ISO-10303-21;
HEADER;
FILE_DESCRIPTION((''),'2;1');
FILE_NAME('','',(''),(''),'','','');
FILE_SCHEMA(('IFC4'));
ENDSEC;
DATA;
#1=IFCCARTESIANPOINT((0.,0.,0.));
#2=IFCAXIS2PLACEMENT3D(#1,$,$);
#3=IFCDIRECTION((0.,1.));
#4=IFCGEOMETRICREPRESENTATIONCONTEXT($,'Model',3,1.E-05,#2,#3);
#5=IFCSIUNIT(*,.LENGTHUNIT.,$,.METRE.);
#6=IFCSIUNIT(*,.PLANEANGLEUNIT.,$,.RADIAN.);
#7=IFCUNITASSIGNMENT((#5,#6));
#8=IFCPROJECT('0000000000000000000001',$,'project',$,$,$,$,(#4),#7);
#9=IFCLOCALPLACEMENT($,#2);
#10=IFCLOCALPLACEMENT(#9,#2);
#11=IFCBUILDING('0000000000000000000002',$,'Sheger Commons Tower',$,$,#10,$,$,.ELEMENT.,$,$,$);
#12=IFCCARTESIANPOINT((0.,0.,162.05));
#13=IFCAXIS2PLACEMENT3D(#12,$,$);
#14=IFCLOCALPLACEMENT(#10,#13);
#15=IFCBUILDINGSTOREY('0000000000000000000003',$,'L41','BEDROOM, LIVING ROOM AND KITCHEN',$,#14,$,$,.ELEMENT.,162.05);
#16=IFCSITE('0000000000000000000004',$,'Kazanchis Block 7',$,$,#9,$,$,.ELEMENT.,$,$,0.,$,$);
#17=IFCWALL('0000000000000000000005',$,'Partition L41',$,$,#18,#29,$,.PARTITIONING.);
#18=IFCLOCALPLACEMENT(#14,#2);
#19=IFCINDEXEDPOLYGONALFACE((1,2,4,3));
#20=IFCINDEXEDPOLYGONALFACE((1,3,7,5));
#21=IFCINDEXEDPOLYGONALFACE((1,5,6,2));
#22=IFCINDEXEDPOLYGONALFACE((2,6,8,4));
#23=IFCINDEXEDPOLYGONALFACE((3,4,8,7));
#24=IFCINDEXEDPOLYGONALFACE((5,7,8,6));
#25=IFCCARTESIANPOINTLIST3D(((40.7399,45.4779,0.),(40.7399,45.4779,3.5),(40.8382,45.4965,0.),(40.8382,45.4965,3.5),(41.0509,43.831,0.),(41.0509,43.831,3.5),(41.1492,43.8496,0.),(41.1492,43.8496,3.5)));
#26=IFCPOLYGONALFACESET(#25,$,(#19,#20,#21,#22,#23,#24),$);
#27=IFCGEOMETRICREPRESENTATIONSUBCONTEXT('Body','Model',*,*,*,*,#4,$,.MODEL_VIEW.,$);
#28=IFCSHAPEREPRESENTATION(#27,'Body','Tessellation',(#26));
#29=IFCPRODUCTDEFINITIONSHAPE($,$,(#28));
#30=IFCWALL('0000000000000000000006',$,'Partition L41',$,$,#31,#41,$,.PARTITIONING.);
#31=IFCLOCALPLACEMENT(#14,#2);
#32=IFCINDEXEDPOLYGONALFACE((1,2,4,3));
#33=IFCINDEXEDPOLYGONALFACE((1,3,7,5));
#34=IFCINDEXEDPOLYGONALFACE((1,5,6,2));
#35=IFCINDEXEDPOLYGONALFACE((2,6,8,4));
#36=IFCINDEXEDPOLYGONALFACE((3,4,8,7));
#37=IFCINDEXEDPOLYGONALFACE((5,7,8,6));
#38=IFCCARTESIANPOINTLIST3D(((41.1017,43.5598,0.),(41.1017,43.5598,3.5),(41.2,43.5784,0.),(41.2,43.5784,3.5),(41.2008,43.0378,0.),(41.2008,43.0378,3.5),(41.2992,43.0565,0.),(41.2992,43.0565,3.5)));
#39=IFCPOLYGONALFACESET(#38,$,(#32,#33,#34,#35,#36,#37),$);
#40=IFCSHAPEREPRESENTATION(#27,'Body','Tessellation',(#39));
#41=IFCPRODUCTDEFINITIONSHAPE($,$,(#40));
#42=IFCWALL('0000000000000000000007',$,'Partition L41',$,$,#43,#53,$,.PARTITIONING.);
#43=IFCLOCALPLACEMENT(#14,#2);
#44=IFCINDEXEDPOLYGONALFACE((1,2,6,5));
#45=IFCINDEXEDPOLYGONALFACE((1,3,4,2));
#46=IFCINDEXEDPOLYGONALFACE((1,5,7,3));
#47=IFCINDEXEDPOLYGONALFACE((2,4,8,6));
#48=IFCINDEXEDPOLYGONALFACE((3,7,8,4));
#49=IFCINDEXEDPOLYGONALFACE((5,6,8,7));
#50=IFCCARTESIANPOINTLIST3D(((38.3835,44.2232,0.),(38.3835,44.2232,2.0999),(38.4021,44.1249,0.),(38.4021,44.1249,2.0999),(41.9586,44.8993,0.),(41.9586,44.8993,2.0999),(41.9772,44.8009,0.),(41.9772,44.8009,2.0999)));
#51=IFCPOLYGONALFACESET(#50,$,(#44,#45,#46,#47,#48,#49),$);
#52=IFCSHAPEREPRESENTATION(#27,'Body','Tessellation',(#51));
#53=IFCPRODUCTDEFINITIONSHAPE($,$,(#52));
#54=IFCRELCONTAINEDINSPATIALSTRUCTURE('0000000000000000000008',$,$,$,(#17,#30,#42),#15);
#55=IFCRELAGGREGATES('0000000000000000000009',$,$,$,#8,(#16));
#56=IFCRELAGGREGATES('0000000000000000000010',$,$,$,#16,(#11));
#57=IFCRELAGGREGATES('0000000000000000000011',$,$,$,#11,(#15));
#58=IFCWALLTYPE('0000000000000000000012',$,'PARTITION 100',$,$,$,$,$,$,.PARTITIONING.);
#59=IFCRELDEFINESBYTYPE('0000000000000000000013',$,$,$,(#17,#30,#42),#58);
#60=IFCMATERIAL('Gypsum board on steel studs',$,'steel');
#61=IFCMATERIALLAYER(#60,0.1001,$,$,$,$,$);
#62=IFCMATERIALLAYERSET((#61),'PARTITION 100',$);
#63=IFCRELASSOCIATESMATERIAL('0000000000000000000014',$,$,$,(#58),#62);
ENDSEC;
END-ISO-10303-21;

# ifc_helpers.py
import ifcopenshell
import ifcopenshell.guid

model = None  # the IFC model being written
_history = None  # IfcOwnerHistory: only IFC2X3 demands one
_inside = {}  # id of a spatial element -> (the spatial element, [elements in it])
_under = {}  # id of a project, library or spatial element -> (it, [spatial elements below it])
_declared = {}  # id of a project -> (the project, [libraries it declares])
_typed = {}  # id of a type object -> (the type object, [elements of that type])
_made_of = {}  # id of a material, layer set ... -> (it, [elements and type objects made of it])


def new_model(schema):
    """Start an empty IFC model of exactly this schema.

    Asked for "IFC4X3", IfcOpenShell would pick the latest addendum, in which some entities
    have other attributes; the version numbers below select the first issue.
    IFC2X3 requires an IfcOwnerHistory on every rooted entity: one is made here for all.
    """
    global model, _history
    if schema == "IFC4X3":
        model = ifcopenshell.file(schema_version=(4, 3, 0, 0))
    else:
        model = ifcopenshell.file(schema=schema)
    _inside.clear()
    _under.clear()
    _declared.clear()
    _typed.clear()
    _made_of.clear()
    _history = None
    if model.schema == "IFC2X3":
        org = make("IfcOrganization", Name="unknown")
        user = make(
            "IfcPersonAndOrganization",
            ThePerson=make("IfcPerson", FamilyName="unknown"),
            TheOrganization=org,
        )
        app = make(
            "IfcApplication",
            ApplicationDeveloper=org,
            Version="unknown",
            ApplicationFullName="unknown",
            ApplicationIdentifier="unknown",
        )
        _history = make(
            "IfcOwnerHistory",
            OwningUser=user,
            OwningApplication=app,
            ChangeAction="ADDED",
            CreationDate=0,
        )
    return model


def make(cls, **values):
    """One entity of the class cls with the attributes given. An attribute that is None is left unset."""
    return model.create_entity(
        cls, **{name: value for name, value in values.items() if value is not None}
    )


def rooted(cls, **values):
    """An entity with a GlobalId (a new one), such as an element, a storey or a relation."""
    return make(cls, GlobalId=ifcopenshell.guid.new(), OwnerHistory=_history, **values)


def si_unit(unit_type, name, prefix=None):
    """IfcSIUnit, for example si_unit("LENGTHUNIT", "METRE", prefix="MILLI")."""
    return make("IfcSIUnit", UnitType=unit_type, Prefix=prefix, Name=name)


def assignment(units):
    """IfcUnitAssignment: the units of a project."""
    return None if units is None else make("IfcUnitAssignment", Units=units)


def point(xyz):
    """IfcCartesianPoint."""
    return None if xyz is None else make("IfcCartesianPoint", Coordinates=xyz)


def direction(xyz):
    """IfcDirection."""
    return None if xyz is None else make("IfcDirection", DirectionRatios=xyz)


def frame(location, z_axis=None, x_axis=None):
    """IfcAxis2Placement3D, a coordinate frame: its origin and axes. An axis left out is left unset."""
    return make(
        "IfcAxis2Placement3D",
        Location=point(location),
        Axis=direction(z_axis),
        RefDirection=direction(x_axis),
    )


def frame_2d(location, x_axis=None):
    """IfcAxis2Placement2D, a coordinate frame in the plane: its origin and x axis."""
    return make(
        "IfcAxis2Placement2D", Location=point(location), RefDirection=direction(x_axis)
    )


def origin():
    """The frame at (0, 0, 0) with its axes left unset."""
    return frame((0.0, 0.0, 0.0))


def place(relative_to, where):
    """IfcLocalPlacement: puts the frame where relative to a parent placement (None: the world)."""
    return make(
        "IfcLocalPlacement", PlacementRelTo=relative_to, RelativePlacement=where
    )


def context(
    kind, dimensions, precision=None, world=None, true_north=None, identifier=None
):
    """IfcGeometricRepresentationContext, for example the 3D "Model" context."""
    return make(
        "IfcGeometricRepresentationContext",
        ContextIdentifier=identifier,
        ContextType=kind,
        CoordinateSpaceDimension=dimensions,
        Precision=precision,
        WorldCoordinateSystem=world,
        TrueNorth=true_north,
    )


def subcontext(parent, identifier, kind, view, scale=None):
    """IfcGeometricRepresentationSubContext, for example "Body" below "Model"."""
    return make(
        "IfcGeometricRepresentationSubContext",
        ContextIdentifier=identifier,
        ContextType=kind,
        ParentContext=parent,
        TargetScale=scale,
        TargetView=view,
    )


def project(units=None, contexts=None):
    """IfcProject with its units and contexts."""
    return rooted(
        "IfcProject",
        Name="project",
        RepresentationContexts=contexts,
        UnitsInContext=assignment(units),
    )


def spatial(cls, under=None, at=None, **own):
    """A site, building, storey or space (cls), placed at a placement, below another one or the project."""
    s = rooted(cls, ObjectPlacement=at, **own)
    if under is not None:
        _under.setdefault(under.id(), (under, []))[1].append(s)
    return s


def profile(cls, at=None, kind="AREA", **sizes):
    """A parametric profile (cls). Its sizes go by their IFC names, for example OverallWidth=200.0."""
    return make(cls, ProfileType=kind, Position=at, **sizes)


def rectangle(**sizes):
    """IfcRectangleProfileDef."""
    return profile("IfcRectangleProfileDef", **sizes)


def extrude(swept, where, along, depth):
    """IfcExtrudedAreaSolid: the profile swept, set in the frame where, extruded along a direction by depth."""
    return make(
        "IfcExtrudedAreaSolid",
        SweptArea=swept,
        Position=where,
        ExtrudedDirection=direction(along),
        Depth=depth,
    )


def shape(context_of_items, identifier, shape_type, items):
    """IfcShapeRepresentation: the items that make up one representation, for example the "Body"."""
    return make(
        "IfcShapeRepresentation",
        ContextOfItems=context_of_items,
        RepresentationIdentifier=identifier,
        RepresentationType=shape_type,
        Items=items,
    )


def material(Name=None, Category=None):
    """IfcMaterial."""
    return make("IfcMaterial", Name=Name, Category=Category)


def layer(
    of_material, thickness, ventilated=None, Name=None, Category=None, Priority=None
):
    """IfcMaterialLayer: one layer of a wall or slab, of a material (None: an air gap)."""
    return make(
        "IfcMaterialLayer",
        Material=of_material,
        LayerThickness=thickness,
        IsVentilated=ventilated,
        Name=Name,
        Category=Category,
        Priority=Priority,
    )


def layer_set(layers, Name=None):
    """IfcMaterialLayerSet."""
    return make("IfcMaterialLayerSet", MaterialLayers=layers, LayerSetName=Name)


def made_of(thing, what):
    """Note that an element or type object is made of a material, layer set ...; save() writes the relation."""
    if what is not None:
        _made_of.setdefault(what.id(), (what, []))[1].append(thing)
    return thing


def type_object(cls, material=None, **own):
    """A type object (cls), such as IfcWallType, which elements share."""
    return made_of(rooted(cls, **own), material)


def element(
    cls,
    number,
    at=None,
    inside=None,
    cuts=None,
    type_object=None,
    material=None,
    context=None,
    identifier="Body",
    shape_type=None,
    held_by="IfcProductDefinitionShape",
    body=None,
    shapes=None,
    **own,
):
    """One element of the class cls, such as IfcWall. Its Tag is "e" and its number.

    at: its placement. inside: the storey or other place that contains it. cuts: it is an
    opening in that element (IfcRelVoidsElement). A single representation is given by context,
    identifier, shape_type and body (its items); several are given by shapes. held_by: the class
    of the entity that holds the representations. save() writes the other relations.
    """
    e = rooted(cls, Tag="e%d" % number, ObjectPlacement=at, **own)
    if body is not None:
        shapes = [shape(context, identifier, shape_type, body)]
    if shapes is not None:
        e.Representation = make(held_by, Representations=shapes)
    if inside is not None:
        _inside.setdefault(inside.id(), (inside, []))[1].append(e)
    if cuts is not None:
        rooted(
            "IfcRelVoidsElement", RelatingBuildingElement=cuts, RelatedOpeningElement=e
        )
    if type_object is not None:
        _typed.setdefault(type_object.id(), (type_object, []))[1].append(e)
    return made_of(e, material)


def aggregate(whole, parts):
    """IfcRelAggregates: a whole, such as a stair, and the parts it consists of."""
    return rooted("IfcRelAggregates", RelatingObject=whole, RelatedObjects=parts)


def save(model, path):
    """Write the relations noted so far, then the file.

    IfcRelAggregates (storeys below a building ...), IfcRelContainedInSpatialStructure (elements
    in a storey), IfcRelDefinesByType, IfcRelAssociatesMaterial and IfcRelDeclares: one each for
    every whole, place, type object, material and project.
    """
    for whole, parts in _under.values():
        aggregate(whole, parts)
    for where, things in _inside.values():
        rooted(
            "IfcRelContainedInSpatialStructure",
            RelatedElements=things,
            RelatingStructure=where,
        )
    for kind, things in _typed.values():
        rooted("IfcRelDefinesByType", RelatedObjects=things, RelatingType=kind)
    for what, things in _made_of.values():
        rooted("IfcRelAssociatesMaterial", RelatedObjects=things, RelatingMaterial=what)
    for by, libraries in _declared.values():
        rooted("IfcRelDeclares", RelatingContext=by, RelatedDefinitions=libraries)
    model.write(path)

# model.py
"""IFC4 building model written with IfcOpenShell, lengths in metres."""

from ifc_helpers import new_model, si_unit, direction, frame, frame_2d, origin, place, context, subcontext, project, spatial, rectangle, extrude, material, layer, layer_set, type_object, element, save


model = new_model("IFC4")

# Units and contexts
model_context = context("Model", 3, precision=1e-05, world=origin(), true_north=direction((0.0, 1.0)))
body_context = subcontext(model_context, "Body", "Model", "MODEL_VIEW")
ifc_project = project(units=[si_unit("LENGTHUNIT", "METRE"), si_unit("PLANEANGLEUNIT", "RADIAN")], contexts=[model_context])

# Site, building, storey
site_placement = place(None, origin())
site = spatial("IfcSite", under=ifc_project, at=site_placement, Name="Kazanchis Block 7", CompositionType="ELEMENT", RefElevation=0.0)
building_placement = place(site_placement, origin())
building = spatial("IfcBuilding", under=site, at=building_placement, Name="Sheger Commons Tower", CompositionType="ELEMENT")
storey_placement = place(building_placement, frame((0.0, 0.0, 162.05)))
storey = spatial("IfcBuildingStorey", under=building, at=storey_placement, Name="L41", Description="BEDROOM, LIVING ROOM AND KITCHEN", CompositionType="ELEMENT", Elevation=162.05)

# Walls
ifc_material_1 = material(Name="Gypsum board on steel studs", Category="steel")
ifc_layer_1 = layer(ifc_material_1, 0.1001)
ifc_layer_set_1 = layer_set([ifc_layer_1], Name="PARTITION 100")
wall_type_1 = type_object("IfcWallType", Name="PARTITION 100", PredefinedType="PARTITIONING", material=ifc_layer_set_1)
wall_1_placement = place(storey_placement, frame((40.7891, 45.4871, 0.0), z_axis=(0.0, 0.0, 1.0), x_axis=(0.185572, -0.982631, 0.0)))
element("IfcWall", 1, at=wall_1_placement, inside=storey, type_object=wall_type_1, Name="Partition L41", PredefinedType="PARTITIONING", context=body_context, shape_type="SweptSolid", body=[
    extrude(rectangle(XDim=1.676, YDim=0.1001, at=frame_2d((0.8379, 0.0))), origin(), (0.0, 0.0, 1.0), 3.5),
])
wall_2_placement = place(storey_placement, frame((41.1509, 43.5691, 0.0), z_axis=(0.0, 0.0, 1.0), x_axis=(0.186563, -0.982443, 0.0)))
element("IfcWall", 2, at=wall_2_placement, inside=storey, type_object=wall_type_1, Name="Partition L41", PredefinedType="PARTITIONING", context=body_context, shape_type="SweptSolid", body=[
    extrude(rectangle(XDim=0.5312, YDim=0.1001, at=frame_2d((0.2656, 0.0))), origin(), (0.0, 0.0, 1.0), 3.5),
])
wall_3_placement = place(storey_placement, frame((41.968, 44.8501, 0.0), z_axis=(0.0, 0.0, 1.0), x_axis=(-0.982586, -0.185808, 0.0)))
element("IfcWall", 3, at=wall_3_placement, inside=storey, type_object=wall_type_1, Name="Partition L41", PredefinedType="PARTITIONING", context=body_context, shape_type="SweptSolid", body=[
    extrude(rectangle(XDim=3.6384, YDim=0.1001, at=frame_2d((1.8193, 0.0))), origin(), (0.0, 0.0, 1.0), 2.0999),
])

save(model, "model.ifc")
